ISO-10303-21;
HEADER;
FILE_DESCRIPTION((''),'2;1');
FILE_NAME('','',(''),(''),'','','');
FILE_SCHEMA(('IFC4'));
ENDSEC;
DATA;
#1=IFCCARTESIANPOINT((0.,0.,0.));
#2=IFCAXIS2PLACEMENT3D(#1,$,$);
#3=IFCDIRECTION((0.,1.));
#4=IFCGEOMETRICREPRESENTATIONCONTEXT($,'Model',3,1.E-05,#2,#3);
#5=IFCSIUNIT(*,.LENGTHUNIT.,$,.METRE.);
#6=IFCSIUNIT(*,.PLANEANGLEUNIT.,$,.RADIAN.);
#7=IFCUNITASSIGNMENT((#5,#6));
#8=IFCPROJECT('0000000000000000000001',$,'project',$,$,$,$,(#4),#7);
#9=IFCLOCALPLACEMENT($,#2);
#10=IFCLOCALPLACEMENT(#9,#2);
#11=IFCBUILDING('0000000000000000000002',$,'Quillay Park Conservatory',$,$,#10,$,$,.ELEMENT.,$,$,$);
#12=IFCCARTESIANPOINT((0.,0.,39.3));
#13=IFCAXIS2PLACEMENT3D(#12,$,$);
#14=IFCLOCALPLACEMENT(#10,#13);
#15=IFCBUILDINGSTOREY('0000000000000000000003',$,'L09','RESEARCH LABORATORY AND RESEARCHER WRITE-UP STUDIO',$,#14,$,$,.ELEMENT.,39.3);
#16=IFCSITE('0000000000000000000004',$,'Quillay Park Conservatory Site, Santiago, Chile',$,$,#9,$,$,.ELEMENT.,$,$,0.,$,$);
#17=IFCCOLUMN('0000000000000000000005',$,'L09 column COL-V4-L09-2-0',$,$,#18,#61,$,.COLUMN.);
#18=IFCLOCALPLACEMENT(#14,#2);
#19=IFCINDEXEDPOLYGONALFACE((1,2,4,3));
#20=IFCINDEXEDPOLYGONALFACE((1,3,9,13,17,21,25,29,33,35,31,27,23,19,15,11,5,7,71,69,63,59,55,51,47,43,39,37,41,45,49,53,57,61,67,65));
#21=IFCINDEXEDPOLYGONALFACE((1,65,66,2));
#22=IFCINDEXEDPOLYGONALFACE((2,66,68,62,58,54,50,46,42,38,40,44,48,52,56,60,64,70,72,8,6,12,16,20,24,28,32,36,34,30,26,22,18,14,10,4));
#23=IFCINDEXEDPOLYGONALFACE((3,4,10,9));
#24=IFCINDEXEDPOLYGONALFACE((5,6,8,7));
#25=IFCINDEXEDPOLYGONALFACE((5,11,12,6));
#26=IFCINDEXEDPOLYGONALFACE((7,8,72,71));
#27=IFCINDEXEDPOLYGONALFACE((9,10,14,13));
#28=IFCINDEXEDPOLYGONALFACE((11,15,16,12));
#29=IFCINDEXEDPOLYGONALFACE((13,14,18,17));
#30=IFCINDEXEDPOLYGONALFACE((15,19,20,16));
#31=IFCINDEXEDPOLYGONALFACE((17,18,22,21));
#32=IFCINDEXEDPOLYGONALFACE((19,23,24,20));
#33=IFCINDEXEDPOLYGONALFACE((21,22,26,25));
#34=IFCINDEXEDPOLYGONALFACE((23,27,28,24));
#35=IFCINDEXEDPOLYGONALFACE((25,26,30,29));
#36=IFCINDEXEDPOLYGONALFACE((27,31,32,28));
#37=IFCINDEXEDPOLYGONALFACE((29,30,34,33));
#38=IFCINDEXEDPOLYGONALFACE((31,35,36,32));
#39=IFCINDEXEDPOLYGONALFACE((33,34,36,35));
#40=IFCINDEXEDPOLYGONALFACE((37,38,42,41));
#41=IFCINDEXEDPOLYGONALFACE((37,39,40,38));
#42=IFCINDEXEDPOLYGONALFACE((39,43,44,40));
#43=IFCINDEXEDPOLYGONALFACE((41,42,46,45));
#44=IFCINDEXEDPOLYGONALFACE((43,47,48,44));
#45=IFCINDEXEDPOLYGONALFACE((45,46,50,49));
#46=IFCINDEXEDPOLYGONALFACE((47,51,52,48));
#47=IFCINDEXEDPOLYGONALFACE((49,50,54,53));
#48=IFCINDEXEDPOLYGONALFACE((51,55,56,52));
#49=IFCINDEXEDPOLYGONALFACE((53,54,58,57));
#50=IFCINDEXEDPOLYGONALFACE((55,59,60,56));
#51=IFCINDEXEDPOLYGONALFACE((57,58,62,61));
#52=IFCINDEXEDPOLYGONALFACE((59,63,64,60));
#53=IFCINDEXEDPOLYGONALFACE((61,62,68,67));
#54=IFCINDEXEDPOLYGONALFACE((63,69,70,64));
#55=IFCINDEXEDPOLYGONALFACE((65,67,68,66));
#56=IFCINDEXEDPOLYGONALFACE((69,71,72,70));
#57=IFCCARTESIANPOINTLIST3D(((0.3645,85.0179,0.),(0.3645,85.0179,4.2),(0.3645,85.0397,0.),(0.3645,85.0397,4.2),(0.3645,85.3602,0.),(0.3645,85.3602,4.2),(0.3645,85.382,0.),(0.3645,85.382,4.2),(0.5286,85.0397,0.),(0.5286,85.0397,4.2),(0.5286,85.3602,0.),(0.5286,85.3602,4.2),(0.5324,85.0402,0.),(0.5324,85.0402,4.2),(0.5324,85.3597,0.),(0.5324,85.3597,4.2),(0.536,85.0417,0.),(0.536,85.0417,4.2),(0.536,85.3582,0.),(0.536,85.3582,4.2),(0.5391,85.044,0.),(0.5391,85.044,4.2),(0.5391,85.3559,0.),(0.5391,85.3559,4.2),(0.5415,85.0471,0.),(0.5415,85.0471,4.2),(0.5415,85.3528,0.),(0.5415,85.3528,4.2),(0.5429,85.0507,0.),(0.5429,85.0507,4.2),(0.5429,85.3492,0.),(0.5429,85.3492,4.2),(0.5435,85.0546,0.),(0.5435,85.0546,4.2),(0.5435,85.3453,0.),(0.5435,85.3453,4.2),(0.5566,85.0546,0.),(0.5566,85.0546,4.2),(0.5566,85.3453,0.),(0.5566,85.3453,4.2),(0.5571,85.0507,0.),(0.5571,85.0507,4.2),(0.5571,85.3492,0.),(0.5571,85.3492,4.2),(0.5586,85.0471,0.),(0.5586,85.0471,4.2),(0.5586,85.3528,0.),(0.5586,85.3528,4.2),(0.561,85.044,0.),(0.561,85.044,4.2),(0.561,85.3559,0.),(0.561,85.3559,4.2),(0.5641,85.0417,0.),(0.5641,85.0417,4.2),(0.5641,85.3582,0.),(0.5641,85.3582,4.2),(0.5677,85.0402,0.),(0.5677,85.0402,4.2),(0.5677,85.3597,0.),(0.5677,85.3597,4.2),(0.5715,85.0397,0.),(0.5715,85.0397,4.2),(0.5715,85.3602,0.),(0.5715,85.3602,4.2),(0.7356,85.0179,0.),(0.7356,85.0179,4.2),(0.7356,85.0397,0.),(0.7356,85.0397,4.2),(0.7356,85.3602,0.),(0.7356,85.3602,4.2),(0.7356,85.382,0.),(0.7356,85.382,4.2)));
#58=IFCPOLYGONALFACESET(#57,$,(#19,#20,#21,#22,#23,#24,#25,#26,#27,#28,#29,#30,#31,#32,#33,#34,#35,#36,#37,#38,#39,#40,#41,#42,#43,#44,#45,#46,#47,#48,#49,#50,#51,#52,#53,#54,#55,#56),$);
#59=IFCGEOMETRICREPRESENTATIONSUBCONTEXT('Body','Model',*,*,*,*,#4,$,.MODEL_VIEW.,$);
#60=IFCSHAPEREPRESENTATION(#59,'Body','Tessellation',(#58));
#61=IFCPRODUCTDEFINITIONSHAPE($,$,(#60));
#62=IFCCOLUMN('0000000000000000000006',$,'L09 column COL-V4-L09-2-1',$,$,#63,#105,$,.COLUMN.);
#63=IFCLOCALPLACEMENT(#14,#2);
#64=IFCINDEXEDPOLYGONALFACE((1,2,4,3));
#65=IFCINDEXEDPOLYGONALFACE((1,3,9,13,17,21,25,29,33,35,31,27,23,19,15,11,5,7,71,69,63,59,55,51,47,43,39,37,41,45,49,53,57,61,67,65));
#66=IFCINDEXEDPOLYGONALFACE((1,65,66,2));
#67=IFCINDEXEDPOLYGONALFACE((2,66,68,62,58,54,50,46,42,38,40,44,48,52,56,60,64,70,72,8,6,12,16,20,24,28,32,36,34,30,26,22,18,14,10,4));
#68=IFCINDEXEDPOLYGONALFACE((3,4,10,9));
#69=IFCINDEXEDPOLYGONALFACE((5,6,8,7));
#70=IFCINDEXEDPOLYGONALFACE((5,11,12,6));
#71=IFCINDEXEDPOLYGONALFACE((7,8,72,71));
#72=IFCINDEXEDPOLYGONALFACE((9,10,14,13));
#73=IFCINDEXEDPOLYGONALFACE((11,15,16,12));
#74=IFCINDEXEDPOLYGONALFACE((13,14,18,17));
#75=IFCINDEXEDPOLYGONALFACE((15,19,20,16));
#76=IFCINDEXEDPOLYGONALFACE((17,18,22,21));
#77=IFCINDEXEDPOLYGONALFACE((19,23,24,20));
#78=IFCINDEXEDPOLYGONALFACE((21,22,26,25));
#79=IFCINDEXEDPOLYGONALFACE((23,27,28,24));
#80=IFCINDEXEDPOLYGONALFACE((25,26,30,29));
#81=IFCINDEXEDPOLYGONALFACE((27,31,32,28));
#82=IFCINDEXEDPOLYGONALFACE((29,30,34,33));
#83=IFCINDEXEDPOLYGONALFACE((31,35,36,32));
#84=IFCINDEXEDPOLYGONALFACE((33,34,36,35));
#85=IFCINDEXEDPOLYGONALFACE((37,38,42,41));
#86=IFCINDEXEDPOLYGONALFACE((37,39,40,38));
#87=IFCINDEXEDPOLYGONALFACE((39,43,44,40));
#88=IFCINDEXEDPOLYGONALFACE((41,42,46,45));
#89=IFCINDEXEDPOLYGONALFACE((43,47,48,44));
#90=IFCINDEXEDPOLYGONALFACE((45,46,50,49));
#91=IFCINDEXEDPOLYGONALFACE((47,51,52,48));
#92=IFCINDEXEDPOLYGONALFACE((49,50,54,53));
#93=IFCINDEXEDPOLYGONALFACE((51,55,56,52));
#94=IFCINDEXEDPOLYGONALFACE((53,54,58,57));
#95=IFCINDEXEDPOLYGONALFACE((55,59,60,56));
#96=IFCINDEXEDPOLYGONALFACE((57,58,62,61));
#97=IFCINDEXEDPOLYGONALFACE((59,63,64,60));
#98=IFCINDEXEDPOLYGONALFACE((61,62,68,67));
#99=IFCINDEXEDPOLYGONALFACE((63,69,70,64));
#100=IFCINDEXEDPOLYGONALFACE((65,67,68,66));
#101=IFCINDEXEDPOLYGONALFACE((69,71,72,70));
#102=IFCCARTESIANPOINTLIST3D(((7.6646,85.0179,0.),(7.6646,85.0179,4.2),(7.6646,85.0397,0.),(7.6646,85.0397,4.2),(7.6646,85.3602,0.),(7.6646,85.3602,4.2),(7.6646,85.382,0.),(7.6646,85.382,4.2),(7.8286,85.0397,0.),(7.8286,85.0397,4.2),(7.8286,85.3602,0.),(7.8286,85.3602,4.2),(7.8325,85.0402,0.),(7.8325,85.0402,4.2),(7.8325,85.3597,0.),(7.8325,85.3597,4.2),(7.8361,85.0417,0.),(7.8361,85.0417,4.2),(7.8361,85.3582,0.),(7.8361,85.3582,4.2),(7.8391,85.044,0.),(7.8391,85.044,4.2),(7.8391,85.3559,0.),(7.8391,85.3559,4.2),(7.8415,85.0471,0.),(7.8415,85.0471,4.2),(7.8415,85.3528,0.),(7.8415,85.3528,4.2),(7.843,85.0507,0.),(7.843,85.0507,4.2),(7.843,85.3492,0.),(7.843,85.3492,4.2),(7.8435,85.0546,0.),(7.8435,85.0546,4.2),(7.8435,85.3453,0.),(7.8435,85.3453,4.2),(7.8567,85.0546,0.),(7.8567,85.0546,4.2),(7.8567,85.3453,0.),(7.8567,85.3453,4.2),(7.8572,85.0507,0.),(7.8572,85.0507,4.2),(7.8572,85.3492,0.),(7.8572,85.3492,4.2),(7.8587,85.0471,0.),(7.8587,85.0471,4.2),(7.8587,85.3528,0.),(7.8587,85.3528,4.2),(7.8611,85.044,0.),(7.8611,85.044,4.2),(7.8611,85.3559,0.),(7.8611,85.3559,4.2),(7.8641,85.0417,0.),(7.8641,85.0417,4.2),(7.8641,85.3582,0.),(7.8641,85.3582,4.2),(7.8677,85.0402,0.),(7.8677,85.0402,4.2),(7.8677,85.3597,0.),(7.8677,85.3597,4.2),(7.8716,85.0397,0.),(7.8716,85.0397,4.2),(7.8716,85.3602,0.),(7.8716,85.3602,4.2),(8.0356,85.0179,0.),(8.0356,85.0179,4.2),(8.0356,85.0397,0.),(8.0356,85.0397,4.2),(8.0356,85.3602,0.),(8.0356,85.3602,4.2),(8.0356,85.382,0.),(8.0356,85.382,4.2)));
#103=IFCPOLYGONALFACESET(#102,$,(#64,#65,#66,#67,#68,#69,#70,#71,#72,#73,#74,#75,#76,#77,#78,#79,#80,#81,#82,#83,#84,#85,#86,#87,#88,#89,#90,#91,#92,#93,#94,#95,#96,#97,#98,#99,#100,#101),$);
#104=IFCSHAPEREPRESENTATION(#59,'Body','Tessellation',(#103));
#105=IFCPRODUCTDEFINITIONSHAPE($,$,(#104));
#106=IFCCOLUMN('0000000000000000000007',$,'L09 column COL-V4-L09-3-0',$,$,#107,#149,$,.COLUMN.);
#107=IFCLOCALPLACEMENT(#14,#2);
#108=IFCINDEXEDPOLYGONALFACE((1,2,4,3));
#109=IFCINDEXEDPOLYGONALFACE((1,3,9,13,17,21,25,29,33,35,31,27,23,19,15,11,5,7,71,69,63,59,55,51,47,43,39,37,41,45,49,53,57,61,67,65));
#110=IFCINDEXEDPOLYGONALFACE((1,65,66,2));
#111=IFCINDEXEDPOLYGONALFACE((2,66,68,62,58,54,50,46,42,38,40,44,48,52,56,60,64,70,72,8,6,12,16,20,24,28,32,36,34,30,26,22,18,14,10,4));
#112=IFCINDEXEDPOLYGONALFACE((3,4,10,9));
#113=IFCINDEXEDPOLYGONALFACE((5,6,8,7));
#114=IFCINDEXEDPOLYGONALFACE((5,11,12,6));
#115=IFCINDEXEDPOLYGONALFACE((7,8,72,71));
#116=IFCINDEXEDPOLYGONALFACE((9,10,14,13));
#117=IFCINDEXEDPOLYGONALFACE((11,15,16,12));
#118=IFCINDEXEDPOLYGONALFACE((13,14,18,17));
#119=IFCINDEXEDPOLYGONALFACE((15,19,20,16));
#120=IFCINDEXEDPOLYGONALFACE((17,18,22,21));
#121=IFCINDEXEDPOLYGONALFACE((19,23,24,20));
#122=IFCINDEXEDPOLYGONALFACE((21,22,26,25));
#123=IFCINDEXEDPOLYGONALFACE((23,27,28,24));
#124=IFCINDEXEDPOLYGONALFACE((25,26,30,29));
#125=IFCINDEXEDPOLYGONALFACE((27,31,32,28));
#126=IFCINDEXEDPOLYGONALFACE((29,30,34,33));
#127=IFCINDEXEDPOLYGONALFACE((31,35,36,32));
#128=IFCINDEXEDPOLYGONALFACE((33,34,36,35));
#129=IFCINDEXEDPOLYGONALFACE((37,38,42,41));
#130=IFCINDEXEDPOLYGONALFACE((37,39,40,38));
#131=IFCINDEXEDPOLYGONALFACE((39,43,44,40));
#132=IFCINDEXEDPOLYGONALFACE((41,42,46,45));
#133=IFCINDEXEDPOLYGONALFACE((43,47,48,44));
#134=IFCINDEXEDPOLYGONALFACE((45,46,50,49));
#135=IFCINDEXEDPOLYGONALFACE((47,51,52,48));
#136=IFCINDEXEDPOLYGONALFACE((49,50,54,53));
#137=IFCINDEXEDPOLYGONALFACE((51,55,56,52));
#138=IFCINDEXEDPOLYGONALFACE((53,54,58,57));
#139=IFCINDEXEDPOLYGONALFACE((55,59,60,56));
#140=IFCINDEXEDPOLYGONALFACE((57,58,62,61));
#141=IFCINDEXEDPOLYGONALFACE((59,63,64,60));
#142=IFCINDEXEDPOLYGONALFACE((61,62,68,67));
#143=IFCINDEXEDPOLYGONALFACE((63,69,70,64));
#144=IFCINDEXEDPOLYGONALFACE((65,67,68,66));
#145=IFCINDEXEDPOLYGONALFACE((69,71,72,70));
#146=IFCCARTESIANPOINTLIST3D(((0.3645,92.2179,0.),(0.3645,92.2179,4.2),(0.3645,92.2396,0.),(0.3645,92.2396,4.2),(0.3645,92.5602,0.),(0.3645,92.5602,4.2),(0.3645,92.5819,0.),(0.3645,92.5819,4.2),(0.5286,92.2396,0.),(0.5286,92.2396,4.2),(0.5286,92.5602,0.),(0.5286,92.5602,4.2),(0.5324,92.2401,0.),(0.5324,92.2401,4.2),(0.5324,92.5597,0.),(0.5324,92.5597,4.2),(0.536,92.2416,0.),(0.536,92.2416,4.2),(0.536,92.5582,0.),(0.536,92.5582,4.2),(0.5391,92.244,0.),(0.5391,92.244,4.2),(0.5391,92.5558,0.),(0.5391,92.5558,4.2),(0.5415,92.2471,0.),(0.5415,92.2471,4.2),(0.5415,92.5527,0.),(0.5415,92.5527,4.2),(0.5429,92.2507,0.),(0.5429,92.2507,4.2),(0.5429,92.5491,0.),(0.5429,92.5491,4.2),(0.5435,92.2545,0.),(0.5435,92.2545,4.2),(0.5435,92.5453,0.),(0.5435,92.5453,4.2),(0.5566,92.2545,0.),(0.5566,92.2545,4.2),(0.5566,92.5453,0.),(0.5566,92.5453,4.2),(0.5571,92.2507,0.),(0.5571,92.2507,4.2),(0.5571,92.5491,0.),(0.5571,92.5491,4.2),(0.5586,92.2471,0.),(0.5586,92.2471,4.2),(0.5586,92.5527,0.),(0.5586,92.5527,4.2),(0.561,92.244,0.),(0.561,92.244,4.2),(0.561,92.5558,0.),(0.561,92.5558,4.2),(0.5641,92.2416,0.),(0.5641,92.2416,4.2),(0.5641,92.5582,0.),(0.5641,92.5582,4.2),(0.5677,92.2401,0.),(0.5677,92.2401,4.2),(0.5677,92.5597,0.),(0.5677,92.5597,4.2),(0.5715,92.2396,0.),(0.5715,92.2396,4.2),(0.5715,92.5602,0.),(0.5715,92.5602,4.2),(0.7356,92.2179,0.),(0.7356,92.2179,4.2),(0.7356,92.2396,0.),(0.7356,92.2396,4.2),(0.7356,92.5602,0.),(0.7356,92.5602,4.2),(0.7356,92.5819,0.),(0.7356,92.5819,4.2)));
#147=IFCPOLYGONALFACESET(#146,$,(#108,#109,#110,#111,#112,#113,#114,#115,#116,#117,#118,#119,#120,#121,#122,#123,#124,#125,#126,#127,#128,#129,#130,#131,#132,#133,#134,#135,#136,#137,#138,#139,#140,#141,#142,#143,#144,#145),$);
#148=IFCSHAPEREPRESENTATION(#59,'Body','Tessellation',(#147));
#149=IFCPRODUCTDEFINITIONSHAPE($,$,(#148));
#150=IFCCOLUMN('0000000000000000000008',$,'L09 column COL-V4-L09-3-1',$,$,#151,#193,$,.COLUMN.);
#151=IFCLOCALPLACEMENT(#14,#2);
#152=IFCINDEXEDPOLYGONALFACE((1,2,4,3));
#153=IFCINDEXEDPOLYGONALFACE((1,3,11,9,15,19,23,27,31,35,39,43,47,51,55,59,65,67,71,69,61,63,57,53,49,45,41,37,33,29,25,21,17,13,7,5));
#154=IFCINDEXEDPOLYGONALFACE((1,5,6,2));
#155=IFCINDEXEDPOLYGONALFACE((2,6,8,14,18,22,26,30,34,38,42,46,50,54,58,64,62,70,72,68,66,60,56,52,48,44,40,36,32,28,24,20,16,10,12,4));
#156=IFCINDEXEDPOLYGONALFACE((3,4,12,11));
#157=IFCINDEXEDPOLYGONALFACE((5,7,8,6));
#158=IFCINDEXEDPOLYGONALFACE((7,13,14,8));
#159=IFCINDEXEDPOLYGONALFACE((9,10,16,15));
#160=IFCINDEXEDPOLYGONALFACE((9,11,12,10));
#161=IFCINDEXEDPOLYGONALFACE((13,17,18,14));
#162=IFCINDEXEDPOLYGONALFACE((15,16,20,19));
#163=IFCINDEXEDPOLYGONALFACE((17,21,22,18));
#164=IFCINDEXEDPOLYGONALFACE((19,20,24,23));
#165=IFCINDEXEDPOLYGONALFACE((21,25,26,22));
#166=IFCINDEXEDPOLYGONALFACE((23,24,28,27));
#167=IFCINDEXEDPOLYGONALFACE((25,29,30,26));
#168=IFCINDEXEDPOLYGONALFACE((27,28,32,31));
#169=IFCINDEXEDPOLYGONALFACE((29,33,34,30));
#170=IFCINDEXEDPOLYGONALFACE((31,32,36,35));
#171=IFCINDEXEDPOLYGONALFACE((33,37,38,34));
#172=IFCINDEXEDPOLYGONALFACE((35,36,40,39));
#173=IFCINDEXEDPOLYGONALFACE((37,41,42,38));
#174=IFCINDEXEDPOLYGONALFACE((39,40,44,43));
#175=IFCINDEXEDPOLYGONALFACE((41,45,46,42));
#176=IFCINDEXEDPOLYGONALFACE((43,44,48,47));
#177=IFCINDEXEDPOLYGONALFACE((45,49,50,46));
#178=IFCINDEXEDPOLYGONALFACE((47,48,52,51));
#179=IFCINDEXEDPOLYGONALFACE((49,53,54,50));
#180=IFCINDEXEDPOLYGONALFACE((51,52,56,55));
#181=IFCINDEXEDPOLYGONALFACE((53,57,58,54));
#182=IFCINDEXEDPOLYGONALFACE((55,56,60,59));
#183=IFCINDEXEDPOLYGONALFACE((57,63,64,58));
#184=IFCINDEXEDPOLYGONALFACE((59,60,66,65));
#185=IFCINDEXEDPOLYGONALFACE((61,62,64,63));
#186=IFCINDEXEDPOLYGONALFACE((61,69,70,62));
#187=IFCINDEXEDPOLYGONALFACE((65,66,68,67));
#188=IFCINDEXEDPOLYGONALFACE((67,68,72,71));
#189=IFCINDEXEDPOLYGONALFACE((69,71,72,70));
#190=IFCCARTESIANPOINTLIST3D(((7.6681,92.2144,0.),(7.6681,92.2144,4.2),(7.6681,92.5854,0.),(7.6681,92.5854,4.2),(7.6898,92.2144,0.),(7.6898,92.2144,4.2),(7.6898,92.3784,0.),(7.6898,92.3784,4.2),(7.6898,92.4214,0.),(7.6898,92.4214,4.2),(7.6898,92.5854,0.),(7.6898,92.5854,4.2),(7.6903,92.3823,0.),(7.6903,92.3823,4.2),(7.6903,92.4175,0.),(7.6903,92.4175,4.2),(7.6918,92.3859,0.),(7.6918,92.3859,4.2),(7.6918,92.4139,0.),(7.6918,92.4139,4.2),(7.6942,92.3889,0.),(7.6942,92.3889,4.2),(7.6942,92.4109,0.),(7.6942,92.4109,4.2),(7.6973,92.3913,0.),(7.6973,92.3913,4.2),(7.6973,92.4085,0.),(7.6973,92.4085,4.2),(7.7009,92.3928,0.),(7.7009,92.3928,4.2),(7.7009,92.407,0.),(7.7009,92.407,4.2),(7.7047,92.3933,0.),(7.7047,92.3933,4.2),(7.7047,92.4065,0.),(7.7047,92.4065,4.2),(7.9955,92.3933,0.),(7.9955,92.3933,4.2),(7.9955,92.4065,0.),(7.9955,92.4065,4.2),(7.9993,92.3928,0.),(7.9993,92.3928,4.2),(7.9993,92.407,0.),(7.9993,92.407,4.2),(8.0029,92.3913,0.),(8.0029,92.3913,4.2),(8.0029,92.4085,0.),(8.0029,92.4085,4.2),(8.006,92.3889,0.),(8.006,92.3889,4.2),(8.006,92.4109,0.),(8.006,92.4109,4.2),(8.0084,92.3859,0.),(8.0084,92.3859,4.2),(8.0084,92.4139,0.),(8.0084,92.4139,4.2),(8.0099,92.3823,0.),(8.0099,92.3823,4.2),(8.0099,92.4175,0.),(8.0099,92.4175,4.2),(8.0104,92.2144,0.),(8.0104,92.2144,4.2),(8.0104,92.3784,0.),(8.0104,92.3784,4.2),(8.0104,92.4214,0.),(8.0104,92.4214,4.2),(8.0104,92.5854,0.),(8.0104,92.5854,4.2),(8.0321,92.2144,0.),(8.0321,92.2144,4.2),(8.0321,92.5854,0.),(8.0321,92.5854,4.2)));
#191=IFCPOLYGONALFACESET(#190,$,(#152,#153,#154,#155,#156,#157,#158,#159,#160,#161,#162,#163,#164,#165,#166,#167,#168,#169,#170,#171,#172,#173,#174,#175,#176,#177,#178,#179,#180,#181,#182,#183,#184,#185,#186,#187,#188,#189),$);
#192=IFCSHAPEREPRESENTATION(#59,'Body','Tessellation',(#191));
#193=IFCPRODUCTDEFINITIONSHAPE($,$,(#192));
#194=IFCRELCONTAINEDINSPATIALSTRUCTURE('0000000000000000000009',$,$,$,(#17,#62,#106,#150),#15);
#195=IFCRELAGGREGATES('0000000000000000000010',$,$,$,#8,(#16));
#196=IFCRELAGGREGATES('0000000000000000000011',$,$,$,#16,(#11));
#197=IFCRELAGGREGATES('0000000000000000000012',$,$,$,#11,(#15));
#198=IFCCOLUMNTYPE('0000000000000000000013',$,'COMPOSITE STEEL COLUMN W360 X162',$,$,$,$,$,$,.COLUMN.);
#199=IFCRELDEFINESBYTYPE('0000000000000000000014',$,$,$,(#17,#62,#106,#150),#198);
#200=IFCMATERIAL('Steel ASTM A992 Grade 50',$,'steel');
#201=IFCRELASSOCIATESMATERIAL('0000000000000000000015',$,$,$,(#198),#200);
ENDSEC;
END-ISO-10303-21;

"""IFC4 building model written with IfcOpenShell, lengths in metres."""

from ifc_helpers import new_model, si_unit, direction, frame, origin, origin_2d, place, context, subcontext, project, spatial, i_section, extrude, material, material_profile, profile_set, type_object, element, save


model = new_model("IFC4")

# Units and contexts
model_context = context("Model", 3, precision=1e-05, world=origin(), true_north=direction((0.0, 1.0)))
body_context = subcontext(model_context, "Body", "Model", "MODEL_VIEW")
ifc_project = project(units=[si_unit("LENGTHUNIT", "METRE"), si_unit("PLANEANGLEUNIT", "RADIAN")], contexts=[model_context])

# Site, building, storey
site_placement = place(None, origin())
site = spatial("IfcSite", under=ifc_project, at=site_placement, Name="Quillay Park Conservatory Site, Santiago, Chile", CompositionType="ELEMENT", RefElevation=0.0)
building_placement = place(site_placement, origin())
building = spatial("IfcBuilding", under=site, at=building_placement, Name="Quillay Park Conservatory", CompositionType="ELEMENT")
storey_placement = place(building_placement, frame((0.0, 0.0, 39.3)))
storey = spatial("IfcBuildingStorey", under=building, at=storey_placement, Name="L09", Description="RESEARCH LABORATORY AND RESEARCHER WRITE-UP STUDIO", CompositionType="ELEMENT", Elevation=39.3)

# Columns
ifc_material_1 = material(Name="Steel ASTM A992 Grade 50", Category="steel")
ifc_material_profile_1 = material_profile(ifc_material_1, i_section(OverallWidth=0.3711, OverallDepth=0.364, WebThickness=0.0132, FlangeThickness=0.0217, FilletRadius=0.0149, at=origin_2d()), Name="W360x162")
ifc_profile_set_1 = profile_set([ifc_material_profile_1], Name="Steel ASTM A992 Grade 50")
column_type = type_object("IfcColumnType", Name="COMPOSITE STEEL COLUMN W360 X162", PredefinedType="COLUMN", material=ifc_profile_set_1)
for number, where, z_axis, x_axis, name in (
    (1, (0.55, 85.2, 0.0), (0.0, 0.0, 1.0), (1.0, 0.0, 0.0), "L09 column COL-V4-L09-2-0"),
    (2, (7.8501, 85.2, 0.0), (0.0, 0.0, 1.0), (1.0, 0.0, 0.0), "L09 column COL-V4-L09-2-1"),
    (3, (0.55, 92.3999, 0.0), (0.0, 0.0, 1.0), (1.0, 0.0, 0.0), "L09 column COL-V4-L09-3-0"),
    (4, (7.8501, 92.3999, 0.0), (0.0, 0.0, 1.0), (0.0, 1.0, 0.0), "L09 column COL-V4-L09-3-1"),
):
    element("IfcColumn", number, at=place(storey_placement, frame(where, z_axis=z_axis, x_axis=x_axis)), inside=storey, type_object=column_type, Name=name, PredefinedType="COLUMN", context=body_context, shape_type="SweptSolid", body=[
        extrude(i_section(OverallWidth=0.3711, OverallDepth=0.364, WebThickness=0.0132, FlangeThickness=0.0217, FilletRadius=0.0149, at=origin_2d()), origin(), (0.0, 0.0, 1.0), 4.2),
    ])

save(model, "model.ifc")
